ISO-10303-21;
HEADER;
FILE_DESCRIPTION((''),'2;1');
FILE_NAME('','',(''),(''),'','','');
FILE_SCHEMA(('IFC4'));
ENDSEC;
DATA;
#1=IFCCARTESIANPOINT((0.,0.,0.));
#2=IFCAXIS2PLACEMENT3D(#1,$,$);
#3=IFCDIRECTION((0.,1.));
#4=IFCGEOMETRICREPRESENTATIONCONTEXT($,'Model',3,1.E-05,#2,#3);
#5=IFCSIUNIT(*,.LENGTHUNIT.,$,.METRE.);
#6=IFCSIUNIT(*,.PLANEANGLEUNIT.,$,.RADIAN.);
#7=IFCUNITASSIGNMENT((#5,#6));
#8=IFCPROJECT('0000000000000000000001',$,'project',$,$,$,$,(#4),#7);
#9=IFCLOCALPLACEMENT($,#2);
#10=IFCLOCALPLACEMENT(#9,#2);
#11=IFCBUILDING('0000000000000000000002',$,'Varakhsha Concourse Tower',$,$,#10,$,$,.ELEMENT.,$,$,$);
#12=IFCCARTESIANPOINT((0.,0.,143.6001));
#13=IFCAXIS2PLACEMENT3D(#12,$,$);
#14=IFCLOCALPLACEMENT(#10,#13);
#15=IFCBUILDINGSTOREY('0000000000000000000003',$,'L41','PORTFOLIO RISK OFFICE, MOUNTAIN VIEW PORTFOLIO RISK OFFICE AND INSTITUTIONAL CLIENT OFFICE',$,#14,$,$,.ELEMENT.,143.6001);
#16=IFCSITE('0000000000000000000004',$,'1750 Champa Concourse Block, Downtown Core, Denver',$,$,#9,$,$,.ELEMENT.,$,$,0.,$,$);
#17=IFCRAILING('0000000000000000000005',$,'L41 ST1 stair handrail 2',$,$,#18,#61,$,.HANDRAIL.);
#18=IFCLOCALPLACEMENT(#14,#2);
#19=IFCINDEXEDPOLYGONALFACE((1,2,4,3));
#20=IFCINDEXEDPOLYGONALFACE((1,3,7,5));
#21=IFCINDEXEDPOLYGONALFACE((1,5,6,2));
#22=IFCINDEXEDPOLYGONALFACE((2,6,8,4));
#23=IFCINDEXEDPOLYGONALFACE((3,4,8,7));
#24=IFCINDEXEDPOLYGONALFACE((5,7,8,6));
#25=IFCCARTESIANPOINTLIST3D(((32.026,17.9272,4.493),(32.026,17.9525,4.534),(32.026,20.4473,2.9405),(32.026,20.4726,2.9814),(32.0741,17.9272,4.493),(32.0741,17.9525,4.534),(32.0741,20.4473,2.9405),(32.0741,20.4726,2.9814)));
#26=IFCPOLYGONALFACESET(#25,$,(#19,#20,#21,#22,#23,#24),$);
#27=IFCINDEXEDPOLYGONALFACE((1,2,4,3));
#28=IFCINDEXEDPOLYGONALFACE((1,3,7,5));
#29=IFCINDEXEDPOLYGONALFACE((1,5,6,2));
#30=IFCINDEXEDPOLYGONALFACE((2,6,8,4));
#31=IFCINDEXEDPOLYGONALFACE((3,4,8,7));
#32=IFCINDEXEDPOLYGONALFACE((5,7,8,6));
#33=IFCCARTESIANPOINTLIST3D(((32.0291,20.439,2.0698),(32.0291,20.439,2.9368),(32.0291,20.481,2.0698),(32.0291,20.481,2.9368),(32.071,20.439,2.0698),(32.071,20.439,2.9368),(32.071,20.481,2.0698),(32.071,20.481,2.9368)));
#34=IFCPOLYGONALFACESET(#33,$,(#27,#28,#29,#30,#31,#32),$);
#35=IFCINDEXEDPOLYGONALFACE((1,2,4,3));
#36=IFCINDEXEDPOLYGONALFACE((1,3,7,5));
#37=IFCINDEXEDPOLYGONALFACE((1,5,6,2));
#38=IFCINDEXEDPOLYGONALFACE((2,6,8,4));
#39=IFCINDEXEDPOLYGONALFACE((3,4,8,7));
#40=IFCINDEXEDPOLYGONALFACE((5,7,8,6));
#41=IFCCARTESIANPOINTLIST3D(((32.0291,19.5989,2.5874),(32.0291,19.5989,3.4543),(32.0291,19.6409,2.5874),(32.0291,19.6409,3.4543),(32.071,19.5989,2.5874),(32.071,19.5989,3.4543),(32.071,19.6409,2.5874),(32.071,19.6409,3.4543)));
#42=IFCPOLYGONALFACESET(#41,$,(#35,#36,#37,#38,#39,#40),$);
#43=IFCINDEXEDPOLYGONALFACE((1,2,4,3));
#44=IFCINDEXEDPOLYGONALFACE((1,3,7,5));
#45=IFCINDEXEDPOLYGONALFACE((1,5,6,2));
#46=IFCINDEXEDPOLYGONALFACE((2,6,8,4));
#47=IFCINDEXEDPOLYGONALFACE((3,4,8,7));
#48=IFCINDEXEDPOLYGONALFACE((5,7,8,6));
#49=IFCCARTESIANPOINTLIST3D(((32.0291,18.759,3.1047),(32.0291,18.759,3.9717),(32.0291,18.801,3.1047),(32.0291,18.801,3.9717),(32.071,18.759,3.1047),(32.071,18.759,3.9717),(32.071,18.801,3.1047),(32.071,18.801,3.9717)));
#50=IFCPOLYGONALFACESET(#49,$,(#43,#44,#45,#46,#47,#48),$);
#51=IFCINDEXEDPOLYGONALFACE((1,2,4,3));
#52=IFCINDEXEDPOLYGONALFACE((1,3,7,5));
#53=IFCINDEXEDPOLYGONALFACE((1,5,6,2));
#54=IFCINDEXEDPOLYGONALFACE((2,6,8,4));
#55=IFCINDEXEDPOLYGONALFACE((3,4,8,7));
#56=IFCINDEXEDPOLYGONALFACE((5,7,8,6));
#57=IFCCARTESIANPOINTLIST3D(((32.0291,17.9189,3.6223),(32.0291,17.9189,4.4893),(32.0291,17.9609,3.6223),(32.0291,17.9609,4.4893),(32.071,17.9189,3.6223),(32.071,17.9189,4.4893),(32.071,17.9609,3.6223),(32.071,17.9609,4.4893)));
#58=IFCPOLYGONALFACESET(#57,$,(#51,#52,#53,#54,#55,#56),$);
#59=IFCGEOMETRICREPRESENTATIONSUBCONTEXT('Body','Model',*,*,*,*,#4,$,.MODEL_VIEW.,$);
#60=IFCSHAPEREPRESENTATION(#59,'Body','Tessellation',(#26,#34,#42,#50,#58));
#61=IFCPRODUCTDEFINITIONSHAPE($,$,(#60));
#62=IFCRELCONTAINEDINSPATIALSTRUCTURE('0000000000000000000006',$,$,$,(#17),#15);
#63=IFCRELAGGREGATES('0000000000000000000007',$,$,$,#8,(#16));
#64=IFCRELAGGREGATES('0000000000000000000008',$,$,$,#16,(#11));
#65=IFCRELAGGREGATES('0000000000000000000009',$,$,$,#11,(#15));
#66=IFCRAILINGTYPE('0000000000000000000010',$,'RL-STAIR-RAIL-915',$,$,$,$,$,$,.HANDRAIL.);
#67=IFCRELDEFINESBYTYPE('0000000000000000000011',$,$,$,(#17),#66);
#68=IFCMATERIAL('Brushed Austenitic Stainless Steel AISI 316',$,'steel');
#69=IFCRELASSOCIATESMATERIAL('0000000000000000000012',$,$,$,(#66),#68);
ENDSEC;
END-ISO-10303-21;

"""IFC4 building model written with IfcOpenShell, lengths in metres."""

from ifc_helpers import new_model, si_unit, direction, frame, origin, origin_2d, place, context, subcontext, project, spatial, rectangle, extrude, material, type_object, element, save


model = new_model("IFC4")

# Units and contexts
model_context = context("Model", 3, precision=1e-05, world=origin(), true_north=direction((0.0, 1.0)))
body_context = subcontext(model_context, "Body", "Model", "MODEL_VIEW")
ifc_project = project(units=[si_unit("LENGTHUNIT", "METRE"), si_unit("PLANEANGLEUNIT", "RADIAN")], contexts=[model_context])

# Site, building, storey
site_placement = place(None, origin())
site = spatial("IfcSite", under=ifc_project, at=site_placement, Name="1750 Champa Concourse Block, Downtown Core, Denver", CompositionType="ELEMENT", RefElevation=0.0)
building_placement = place(site_placement, origin())
building = spatial("IfcBuilding", under=site, at=building_placement, Name="Varakhsha Concourse Tower", CompositionType="ELEMENT")
storey_placement = place(building_placement, frame((0.0, 0.0, 143.6001)))
storey = spatial("IfcBuildingStorey", under=building, at=storey_placement, Name="L41", Description="PORTFOLIO RISK OFFICE, MOUNTAIN VIEW PORTFOLIO RISK OFFICE AND INSTITUTIONAL CLIENT OFFICE", CompositionType="ELEMENT", Elevation=143.6001)

# Railing
ifc_material_1 = material(Name="Brushed Austenitic Stainless Steel AISI 316", Category="steel")
railing_type_1 = type_object("IfcRailingType", Name="RL-STAIR-RAIL-915", PredefinedType="HANDRAIL", material=ifc_material_1)
railing_1_placement = place(storey_placement, frame((32.05, 20.46, 2.0698)))
element("IfcRailing", 1, at=railing_1_placement, inside=storey, type_object=railing_type_1, Name="L41 ST1 stair handrail 2", PredefinedType="HANDRAIL", context=body_context, shape_type="SweptSolid", body=[
    extrude(rectangle(XDim=0.0481, YDim=0.0481, at=origin_2d()), frame((0.0, 0.0, 0.8911), z_axis=(0.0, -0.8514, 0.524516), x_axis=(1.0, 0.0, 0.0)), (0.0, 0.0, 1.0), 2.96),
    extrude(rectangle(XDim=0.042, YDim=0.042, at=origin_2d()), origin(), (0.0, 0.0, 1.0), 0.8669),
    extrude(rectangle(XDim=0.042, YDim=0.042, at=origin_2d()), frame((0.0, -0.8401, 0.5176)), (0.0, 0.0, 1.0), 0.8669),
    extrude(rectangle(XDim=0.042, YDim=0.042, at=origin_2d()), frame((0.0, -1.6799, 1.0349)), (0.0, 0.0, 1.0), 0.8669),
    extrude(rectangle(XDim=0.042, YDim=0.042, at=origin_2d()), frame((0.0, -2.52, 1.5525)), (0.0, 0.0, 1.0), 0.8669),
])

save(model, "model.ifc")
